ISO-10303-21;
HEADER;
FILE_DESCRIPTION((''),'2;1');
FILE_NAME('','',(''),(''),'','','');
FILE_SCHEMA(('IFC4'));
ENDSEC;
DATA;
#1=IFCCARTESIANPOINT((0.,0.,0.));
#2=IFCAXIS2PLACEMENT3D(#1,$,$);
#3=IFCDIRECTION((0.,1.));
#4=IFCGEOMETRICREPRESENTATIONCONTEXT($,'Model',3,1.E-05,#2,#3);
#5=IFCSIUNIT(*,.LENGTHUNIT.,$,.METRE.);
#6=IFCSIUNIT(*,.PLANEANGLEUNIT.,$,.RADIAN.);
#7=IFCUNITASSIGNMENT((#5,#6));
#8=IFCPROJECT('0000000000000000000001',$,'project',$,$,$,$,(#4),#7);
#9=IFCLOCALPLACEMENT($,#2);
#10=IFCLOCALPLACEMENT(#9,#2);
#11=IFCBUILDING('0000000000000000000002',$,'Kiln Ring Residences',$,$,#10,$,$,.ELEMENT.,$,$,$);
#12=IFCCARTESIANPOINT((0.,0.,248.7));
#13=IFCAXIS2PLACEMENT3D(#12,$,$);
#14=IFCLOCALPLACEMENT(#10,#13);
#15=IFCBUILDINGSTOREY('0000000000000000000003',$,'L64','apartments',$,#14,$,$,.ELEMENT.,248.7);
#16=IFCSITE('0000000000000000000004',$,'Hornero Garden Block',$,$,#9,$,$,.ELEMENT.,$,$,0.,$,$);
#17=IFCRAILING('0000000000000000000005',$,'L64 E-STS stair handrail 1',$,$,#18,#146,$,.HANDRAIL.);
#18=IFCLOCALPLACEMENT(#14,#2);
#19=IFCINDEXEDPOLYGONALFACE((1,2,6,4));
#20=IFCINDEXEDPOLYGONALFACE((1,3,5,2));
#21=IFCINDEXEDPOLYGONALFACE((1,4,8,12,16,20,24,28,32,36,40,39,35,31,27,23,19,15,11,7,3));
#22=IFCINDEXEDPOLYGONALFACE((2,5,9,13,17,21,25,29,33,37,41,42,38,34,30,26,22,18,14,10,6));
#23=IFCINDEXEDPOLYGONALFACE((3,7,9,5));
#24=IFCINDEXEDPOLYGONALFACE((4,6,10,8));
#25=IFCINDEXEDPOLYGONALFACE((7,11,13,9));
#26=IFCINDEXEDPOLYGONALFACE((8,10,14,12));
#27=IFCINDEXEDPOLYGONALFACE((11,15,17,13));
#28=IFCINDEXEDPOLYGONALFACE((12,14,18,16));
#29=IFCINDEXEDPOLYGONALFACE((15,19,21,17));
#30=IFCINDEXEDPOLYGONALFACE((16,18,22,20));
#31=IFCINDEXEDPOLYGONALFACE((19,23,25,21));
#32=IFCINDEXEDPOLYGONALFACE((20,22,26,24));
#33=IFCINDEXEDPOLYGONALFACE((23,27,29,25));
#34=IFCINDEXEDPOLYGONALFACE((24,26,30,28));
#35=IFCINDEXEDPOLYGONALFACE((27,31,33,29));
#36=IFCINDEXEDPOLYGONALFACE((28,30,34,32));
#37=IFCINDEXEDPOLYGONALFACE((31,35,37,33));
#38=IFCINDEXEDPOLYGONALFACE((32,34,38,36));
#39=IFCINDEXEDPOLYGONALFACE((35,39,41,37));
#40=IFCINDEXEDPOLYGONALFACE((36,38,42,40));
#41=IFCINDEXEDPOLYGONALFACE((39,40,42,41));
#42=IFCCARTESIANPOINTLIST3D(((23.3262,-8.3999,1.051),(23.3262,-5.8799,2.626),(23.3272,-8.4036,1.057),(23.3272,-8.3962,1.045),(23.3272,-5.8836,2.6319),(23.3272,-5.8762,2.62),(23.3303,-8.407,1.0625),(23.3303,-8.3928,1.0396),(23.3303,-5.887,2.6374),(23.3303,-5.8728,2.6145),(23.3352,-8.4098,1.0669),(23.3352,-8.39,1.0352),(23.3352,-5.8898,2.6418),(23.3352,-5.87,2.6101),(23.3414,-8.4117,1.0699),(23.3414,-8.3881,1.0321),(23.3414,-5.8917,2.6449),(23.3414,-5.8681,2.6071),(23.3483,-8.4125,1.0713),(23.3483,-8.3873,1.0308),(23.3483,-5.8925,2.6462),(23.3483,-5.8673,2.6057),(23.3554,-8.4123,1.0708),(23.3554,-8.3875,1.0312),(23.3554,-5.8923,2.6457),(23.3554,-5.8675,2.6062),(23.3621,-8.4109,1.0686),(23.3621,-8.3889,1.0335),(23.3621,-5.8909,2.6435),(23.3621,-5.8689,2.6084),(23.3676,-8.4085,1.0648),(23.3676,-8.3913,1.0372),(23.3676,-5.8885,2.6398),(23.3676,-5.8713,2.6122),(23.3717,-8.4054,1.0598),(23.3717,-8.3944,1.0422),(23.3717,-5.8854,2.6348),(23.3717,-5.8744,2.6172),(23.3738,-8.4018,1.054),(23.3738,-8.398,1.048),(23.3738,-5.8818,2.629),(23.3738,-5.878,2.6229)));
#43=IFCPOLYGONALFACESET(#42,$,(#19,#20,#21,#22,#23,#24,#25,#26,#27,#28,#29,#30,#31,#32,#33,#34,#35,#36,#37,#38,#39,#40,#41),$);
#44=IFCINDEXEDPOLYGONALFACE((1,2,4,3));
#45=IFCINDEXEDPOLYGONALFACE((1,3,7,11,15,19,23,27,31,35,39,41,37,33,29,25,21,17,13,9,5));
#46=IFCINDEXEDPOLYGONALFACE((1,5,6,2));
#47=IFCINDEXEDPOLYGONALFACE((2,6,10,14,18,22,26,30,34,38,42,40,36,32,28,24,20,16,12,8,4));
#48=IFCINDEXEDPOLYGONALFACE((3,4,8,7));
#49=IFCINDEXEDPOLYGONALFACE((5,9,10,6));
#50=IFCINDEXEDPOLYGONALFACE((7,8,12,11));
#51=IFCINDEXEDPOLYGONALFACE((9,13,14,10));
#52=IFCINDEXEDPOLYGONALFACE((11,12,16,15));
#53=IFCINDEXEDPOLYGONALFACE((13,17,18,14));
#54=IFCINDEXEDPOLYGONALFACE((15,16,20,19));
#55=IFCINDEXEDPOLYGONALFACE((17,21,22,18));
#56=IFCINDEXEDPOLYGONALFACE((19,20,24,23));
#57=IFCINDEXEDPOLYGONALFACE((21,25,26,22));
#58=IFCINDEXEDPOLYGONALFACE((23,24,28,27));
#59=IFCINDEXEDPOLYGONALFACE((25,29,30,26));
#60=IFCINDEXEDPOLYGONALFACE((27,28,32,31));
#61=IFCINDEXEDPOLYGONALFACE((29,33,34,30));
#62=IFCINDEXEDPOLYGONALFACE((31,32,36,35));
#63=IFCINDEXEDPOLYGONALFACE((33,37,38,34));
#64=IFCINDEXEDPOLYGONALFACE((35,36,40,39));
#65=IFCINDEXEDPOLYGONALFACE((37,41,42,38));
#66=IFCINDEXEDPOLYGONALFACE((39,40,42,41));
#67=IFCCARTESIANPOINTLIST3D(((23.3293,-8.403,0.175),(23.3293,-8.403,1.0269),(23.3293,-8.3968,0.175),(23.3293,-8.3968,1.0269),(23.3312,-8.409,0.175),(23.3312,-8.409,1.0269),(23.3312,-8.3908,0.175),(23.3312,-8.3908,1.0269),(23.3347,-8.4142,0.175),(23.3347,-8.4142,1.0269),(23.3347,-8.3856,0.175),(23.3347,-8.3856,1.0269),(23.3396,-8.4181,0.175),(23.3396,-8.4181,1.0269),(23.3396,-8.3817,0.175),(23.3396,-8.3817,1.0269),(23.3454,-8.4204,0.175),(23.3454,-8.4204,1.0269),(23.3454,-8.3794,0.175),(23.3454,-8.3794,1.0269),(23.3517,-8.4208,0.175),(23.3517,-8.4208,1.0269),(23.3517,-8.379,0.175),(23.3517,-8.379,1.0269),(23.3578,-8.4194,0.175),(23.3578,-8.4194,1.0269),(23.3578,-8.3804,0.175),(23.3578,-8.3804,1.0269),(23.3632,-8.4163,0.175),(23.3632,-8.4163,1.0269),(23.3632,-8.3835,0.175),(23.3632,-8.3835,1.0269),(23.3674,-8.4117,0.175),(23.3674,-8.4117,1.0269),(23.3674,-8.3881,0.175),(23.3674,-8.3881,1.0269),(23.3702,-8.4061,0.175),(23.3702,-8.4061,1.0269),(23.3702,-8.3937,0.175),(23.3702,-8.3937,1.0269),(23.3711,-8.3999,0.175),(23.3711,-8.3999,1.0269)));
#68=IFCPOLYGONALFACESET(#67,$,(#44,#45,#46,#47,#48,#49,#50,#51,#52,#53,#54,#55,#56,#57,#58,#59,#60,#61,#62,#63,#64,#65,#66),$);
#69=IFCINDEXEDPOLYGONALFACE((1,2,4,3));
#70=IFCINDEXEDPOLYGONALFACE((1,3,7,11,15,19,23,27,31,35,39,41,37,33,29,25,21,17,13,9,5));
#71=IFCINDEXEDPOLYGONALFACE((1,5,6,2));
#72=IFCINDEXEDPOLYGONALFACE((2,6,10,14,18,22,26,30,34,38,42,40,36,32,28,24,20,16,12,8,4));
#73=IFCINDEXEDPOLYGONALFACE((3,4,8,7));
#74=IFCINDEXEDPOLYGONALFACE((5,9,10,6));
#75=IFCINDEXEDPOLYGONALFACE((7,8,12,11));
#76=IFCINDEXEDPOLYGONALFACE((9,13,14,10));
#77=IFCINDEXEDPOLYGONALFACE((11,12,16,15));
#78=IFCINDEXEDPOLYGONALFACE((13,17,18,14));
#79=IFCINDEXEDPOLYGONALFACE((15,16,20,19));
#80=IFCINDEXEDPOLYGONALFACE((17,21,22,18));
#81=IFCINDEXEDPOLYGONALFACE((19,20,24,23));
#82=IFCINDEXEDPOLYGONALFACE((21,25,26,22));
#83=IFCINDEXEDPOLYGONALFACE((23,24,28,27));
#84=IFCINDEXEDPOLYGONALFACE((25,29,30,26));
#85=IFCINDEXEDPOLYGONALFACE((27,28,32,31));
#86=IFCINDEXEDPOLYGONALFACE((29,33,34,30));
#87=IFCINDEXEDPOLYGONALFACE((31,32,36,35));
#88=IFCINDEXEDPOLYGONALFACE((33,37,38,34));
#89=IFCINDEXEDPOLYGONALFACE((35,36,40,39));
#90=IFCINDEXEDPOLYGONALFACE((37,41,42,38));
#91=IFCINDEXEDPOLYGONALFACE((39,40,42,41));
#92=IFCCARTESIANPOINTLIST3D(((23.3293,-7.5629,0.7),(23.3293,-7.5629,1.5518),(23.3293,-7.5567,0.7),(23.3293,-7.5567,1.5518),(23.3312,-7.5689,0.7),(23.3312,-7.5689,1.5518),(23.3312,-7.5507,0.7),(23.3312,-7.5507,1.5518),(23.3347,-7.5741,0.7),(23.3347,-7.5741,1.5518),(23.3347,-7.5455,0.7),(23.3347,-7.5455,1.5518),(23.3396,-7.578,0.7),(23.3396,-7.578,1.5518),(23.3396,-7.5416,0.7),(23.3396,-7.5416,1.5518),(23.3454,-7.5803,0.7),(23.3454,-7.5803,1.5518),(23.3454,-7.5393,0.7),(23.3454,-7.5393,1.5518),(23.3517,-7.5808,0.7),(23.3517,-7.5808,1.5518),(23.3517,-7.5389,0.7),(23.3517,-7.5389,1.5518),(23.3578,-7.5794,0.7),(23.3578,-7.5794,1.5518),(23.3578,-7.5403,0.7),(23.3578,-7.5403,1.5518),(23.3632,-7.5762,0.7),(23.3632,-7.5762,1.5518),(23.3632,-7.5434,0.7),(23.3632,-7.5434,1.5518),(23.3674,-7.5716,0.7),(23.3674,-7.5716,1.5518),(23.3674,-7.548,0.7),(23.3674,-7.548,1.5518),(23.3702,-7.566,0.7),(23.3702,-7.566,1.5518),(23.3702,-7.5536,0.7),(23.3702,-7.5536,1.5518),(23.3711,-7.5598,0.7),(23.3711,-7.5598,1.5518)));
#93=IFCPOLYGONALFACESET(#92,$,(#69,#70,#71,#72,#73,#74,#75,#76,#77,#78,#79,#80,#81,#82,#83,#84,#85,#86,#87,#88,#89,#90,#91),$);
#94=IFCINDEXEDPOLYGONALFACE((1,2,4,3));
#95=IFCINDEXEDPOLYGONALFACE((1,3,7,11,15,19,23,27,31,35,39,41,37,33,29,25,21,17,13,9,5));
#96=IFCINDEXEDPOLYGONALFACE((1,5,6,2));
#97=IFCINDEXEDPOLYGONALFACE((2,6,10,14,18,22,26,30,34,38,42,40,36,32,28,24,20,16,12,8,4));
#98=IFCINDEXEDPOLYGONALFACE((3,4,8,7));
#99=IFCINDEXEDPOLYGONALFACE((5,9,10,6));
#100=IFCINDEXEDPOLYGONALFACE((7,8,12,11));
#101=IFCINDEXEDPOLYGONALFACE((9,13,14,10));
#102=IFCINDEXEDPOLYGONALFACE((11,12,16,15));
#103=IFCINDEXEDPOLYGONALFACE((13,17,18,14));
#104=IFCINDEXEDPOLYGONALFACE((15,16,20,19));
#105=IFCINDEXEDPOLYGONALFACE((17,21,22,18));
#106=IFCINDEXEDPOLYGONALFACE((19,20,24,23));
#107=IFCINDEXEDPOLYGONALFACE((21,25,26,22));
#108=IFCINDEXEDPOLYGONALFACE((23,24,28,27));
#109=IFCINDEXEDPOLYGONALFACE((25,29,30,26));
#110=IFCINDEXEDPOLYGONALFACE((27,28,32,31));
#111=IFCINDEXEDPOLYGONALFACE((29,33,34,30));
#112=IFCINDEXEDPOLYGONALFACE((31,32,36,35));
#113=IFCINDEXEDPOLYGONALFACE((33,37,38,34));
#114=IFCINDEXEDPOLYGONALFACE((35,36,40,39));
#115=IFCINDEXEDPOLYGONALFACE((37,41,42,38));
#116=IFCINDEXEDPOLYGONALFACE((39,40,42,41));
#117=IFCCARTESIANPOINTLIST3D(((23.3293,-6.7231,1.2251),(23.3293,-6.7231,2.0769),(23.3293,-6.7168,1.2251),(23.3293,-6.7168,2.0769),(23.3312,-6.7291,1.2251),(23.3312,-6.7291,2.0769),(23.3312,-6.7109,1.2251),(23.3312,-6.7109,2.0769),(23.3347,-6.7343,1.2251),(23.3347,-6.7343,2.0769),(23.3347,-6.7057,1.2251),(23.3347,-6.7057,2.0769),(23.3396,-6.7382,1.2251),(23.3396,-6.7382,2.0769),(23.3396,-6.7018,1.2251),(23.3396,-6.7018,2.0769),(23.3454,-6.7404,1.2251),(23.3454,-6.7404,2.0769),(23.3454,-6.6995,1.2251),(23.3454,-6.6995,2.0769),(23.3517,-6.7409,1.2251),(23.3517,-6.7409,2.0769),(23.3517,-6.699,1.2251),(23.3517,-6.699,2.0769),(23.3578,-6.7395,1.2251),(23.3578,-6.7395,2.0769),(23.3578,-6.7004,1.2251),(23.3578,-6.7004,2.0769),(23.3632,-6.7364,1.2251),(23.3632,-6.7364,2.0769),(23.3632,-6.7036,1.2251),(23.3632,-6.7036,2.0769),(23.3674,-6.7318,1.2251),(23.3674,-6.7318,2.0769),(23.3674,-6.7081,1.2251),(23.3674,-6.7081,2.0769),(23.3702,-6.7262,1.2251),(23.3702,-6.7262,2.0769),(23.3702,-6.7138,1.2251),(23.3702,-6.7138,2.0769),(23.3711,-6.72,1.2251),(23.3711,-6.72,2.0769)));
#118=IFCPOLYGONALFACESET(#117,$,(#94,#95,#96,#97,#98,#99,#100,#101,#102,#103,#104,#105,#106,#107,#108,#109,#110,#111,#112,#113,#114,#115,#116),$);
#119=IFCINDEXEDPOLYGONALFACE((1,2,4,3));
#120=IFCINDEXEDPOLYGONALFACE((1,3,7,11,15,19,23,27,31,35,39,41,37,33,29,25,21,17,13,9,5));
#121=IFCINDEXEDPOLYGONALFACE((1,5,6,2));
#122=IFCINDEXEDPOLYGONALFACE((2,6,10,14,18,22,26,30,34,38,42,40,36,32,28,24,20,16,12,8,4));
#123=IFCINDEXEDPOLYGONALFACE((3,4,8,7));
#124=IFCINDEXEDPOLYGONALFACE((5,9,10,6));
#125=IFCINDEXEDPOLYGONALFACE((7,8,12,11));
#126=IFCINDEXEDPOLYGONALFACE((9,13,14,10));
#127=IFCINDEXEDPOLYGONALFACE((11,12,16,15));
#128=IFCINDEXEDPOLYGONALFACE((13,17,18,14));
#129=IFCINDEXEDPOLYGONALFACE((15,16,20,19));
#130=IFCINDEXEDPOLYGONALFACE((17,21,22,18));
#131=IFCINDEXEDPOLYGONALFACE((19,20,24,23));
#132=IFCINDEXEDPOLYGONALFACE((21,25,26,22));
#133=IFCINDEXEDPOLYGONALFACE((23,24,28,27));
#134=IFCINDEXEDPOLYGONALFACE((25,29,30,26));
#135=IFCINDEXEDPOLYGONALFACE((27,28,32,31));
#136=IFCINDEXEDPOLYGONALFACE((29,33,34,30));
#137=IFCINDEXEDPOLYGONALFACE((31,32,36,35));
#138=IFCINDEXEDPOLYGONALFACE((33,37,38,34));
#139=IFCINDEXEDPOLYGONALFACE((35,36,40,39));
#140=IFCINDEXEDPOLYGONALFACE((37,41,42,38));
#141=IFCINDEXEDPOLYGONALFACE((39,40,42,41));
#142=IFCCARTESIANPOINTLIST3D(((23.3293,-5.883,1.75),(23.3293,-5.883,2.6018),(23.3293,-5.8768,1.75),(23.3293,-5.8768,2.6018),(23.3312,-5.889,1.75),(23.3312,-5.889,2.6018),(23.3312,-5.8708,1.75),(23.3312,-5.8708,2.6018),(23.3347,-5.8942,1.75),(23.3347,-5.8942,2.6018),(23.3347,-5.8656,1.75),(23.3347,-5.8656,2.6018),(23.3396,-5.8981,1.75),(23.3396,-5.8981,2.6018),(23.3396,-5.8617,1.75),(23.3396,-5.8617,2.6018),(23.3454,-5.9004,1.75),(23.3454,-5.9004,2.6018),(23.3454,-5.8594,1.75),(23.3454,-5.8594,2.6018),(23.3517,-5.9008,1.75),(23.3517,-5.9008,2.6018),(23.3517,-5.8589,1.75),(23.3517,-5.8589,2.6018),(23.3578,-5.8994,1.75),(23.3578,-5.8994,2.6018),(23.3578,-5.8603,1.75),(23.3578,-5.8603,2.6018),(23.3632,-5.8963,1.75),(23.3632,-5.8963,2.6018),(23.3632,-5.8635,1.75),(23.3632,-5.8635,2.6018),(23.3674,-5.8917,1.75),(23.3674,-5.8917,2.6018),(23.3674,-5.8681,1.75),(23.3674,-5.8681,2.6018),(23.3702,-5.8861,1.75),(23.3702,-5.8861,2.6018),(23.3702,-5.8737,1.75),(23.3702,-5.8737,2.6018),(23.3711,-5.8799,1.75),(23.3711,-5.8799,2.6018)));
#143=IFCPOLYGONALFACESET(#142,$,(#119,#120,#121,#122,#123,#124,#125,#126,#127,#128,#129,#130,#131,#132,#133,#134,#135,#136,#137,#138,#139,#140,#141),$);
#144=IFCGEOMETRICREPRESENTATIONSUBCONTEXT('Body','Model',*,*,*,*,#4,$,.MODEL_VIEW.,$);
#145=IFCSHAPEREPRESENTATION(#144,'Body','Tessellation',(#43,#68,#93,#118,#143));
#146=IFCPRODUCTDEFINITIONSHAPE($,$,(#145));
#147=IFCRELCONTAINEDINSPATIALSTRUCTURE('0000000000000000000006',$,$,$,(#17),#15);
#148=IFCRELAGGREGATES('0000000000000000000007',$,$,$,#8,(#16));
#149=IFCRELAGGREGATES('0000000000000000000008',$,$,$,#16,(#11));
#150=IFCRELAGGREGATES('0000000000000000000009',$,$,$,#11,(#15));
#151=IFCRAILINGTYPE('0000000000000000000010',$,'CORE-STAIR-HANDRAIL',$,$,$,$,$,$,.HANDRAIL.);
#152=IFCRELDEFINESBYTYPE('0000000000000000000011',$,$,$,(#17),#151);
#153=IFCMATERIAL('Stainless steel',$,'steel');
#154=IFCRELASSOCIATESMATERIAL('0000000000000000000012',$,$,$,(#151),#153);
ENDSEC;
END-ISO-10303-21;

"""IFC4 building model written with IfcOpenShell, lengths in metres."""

from ifc_helpers import new_model, si_unit, direction, frame, origin, origin_2d, place, context, subcontext, project, spatial, circle, extrude, material, type_object, element, save


model = new_model("IFC4")

# Units and contexts
model_context = context("Model", 3, precision=1e-05, world=origin(), true_north=direction((0.0, 1.0)))
body_context = subcontext(model_context, "Body", "Model", "MODEL_VIEW")
ifc_project = project(units=[si_unit("LENGTHUNIT", "METRE"), si_unit("PLANEANGLEUNIT", "RADIAN")], contexts=[model_context])

# Site, building, storey
site_placement = place(None, origin())
site = spatial("IfcSite", under=ifc_project, at=site_placement, Name="Hornero Garden Block", CompositionType="ELEMENT", RefElevation=0.0)
building_placement = place(site_placement, origin())
building = spatial("IfcBuilding", under=site, at=building_placement, Name="Kiln Ring Residences", CompositionType="ELEMENT")
storey_placement = place(building_placement, frame((0.0, 0.0, 248.7)))
storey = spatial("IfcBuildingStorey", under=building, at=storey_placement, Name="L64", Description="apartments", CompositionType="ELEMENT", Elevation=248.7)

# Railing
ifc_material_1 = material(Name="Stainless steel", Category="steel")
railing_type_1 = type_object("IfcRailingType", Name="CORE-STAIR-HANDRAIL", PredefinedType="HANDRAIL", material=ifc_material_1)
railing_1_placement = place(storey_placement, frame((23.3501, -8.3999, 0.175)))
element("IfcRailing", 1, at=railing_1_placement, inside=storey, type_object=railing_type_1, Name="L64 E-STS stair handrail 1", PredefinedType="HANDRAIL", context=body_context, shape_type="SweptSolid", body=[
    extrude(circle(Radius=0.0239, at=origin_2d()), frame((0.0, 0.0, 0.876), z_axis=(0.0, 0.848008, 0.529984), x_axis=(-1.0, 0.0, 0.0)), (0.0, 0.0, 1.0), 2.9717),
    extrude(circle(Radius=0.021, at=origin_2d()), origin(), (0.0, 0.0, 1.0), 0.8518),
    extrude(circle(Radius=0.021, at=origin_2d()), frame((0.0, 0.8401, 0.5249)), (0.0, 0.0, 1.0), 0.8518),
    extrude(circle(Radius=0.021, at=origin_2d()), frame((0.0, 1.6799, 1.05)), (0.0, 0.0, 1.0), 0.8518),
    extrude(circle(Radius=0.021, at=origin_2d()), frame((0.0, 2.52, 1.575)), (0.0, 0.0, 1.0), 0.8518),
])

save(model, "model.ifc")
